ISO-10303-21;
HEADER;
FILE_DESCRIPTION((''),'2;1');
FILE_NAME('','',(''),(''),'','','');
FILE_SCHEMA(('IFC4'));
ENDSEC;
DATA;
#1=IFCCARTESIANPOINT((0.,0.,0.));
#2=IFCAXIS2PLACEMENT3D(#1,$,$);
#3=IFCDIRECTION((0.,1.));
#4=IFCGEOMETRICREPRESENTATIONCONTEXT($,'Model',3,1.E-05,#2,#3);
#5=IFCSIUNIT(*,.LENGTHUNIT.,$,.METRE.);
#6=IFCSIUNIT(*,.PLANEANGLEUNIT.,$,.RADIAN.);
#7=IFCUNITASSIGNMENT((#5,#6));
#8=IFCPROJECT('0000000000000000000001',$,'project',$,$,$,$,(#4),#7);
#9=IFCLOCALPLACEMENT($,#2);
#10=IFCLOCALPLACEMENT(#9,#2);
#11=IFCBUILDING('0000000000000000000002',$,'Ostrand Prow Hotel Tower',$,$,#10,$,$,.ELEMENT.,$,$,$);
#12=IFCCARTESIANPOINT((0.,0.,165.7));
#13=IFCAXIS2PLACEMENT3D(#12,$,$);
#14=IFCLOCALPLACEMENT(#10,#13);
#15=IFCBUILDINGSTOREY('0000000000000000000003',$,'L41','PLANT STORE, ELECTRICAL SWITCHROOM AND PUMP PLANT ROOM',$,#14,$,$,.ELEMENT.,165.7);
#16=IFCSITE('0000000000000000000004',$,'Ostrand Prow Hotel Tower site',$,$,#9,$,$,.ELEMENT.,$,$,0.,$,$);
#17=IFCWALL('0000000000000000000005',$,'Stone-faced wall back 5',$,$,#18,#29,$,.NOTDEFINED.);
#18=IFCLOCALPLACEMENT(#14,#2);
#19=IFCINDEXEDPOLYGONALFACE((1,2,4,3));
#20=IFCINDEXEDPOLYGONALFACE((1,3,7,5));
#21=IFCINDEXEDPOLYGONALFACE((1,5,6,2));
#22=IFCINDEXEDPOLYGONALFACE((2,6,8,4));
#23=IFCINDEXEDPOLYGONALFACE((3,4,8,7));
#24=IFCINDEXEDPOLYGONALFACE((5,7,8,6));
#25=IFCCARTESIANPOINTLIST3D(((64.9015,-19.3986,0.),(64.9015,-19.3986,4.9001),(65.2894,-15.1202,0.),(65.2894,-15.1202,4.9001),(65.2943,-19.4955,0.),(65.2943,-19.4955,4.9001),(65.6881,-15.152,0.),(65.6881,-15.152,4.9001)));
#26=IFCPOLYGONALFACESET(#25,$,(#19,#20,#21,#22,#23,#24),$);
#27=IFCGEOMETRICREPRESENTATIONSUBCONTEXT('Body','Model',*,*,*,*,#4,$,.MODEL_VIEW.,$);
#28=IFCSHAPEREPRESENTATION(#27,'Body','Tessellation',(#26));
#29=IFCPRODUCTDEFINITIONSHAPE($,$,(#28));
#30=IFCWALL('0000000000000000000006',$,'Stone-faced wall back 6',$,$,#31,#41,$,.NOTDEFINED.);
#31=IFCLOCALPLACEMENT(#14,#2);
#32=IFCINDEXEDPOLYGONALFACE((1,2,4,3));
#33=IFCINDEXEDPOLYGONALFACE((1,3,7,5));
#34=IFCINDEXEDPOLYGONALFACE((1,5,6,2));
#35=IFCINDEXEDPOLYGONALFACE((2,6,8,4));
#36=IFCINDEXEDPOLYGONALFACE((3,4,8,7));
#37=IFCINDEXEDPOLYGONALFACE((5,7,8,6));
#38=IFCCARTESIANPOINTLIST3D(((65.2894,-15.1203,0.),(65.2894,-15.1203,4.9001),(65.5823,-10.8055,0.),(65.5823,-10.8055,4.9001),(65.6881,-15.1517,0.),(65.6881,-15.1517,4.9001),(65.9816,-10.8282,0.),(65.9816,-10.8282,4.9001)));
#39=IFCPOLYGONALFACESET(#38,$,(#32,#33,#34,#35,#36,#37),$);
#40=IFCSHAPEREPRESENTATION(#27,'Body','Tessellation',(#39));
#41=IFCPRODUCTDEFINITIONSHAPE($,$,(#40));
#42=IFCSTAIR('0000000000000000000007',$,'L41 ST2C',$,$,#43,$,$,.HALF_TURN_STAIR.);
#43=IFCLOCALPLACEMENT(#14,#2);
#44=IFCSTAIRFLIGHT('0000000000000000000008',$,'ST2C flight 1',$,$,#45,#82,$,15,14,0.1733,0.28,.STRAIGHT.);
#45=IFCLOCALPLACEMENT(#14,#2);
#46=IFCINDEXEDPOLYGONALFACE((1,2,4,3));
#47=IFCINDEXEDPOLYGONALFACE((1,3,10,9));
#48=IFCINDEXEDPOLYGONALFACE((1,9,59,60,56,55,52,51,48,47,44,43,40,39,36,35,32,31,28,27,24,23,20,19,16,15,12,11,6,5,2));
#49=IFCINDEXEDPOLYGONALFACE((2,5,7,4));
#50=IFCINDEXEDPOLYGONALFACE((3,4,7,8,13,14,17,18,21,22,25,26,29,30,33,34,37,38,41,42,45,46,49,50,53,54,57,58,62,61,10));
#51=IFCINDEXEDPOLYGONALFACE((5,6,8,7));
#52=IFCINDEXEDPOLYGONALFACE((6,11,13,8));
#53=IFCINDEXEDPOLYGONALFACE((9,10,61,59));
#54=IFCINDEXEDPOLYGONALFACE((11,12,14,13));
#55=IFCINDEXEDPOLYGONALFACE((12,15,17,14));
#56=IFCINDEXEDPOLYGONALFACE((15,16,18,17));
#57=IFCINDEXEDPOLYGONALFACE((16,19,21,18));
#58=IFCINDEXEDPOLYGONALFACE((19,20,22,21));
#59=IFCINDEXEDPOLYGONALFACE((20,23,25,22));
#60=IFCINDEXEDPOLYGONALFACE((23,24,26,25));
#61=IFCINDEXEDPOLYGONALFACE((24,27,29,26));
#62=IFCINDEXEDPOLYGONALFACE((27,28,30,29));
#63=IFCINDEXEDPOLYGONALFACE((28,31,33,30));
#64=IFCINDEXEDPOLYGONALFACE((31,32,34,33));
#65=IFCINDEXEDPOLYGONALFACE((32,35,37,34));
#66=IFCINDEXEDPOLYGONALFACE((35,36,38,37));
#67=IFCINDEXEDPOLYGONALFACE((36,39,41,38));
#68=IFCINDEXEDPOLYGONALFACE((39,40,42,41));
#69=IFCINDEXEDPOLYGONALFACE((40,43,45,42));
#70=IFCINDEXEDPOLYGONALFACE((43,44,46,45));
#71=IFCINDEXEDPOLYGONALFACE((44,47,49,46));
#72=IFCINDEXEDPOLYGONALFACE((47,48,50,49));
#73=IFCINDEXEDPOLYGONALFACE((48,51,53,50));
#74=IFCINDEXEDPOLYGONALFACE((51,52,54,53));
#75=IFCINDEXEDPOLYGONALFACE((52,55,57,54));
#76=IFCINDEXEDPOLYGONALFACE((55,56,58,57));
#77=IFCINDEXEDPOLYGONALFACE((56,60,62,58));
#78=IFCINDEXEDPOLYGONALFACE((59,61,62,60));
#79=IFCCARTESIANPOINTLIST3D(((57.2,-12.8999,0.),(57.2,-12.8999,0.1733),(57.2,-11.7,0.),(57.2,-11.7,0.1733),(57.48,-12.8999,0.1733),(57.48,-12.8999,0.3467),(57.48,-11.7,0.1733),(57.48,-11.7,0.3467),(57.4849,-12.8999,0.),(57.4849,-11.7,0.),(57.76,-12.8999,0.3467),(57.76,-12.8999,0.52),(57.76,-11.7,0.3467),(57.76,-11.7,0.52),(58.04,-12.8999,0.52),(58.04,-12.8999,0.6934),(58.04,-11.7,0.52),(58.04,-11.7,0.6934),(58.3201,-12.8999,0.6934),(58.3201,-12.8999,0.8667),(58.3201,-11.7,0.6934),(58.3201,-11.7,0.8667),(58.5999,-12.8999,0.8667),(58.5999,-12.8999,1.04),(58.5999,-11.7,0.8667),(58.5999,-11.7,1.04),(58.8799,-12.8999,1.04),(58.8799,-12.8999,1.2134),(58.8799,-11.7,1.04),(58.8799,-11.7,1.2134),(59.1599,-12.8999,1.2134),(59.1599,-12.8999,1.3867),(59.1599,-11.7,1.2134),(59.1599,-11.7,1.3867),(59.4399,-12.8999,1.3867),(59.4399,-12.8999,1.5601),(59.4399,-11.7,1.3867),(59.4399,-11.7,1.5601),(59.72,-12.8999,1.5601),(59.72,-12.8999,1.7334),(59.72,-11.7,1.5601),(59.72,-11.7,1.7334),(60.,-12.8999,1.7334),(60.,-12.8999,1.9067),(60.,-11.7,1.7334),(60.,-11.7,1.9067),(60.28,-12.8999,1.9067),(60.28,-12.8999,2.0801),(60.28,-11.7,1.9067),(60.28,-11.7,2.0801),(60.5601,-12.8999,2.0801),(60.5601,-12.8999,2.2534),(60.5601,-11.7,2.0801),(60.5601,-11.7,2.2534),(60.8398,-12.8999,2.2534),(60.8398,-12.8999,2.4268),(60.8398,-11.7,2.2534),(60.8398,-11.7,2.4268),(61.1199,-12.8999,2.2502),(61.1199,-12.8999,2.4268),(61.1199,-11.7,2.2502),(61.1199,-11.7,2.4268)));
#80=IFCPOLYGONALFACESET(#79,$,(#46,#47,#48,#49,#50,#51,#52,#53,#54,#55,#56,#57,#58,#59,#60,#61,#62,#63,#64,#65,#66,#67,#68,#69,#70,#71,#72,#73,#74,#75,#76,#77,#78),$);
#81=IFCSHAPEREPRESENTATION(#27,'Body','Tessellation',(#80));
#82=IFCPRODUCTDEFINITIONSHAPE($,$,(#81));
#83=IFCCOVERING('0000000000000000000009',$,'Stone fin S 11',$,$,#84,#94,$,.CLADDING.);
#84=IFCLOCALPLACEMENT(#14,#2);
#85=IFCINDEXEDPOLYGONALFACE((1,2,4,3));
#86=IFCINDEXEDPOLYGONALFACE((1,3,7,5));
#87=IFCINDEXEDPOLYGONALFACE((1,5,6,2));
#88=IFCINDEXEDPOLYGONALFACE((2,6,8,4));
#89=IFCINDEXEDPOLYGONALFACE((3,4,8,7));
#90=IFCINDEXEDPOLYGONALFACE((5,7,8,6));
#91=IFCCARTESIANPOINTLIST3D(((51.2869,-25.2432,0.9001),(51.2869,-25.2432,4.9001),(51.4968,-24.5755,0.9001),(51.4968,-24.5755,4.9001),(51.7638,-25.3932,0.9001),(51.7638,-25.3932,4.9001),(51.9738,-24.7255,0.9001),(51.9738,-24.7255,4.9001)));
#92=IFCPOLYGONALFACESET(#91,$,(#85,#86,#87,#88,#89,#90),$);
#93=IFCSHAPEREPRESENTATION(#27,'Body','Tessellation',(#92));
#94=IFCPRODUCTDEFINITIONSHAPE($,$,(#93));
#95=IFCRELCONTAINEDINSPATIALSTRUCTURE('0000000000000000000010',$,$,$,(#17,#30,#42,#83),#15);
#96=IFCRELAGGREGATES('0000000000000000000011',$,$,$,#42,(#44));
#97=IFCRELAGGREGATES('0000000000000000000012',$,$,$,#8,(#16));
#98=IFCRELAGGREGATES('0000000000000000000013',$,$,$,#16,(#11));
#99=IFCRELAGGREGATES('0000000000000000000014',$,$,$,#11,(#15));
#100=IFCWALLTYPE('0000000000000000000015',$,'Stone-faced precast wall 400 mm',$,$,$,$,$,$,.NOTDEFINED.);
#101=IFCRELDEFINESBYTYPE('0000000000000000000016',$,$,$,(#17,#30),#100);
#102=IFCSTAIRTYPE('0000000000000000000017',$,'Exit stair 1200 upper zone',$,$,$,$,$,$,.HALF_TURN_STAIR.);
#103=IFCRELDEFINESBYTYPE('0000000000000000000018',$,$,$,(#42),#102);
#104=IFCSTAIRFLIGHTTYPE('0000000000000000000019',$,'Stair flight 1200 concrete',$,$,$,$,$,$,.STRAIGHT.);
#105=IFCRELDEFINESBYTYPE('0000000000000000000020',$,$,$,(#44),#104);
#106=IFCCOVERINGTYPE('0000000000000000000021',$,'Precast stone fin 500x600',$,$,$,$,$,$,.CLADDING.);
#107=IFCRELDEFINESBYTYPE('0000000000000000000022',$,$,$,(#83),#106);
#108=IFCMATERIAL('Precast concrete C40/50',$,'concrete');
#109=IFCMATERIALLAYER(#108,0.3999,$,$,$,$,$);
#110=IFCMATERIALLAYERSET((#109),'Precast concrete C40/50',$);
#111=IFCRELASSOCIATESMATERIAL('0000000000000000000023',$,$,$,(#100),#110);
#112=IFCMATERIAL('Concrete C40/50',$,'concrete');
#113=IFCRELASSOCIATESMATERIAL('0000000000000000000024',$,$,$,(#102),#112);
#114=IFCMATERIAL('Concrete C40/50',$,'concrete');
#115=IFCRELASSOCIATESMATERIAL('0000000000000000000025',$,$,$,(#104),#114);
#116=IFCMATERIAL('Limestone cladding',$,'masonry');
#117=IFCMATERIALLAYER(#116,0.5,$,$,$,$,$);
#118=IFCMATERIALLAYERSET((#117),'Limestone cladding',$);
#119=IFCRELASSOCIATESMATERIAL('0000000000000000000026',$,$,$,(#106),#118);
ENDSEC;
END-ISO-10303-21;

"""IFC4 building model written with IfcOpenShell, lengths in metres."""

from ifc_helpers import new_model, si_unit, direction, frame, frame_2d, origin, place, context, subcontext, project, spatial, polyline, rectangle, outline, extrude, material, layer, layer_set, type_object, element, aggregate, save


model = new_model("IFC4")

# Units and contexts
model_context = context("Model", 3, precision=1e-05, world=origin(), true_north=direction((0.0, 1.0)))
body_context = subcontext(model_context, "Body", "Model", "MODEL_VIEW")
ifc_project = project(units=[si_unit("LENGTHUNIT", "METRE"), si_unit("PLANEANGLEUNIT", "RADIAN")], contexts=[model_context])

# Site, building, storey
site_placement = place(None, origin())
site = spatial("IfcSite", under=ifc_project, at=site_placement, Name="Ostrand Prow Hotel Tower site", CompositionType="ELEMENT", RefElevation=0.0)
building_placement = place(site_placement, origin())
building = spatial("IfcBuilding", under=site, at=building_placement, Name="Ostrand Prow Hotel Tower", CompositionType="ELEMENT")
storey_placement = place(building_placement, frame((0.0, 0.0, 165.7)))
storey = spatial("IfcBuildingStorey", under=building, at=storey_placement, Name="L41", Description="PLANT STORE, ELECTRICAL SWITCHROOM AND PUMP PLANT ROOM", CompositionType="ELEMENT", Elevation=165.7)

# Walls
ifc_material_1 = material(Name="Precast concrete C40/50", Category="concrete")
ifc_layer_1 = layer(ifc_material_1, 0.3999)
ifc_layer_set_1 = layer_set([ifc_layer_1], Name="Precast concrete C40/50")
wall_type_1 = type_object("IfcWallType", Name="Stone-faced precast wall 400 mm", PredefinedType="NOTDEFINED", material=ifc_layer_set_1)
wall_1_placement = place(storey_placement, frame((65.0979, -19.447, 0.0), z_axis=(0.0, 0.0, 1.0), x_axis=(0.090297, 0.995915, 0.0)))
element("IfcWall", 1, at=wall_1_placement, inside=storey, type_object=wall_type_1, Name="Stone-faced wall back 5", PredefinedType="NOTDEFINED", context=body_context, shape_type="SweptSolid", body=[
    extrude(outline(polyline([(-0.0305, -0.2), (4.3308, -0.2), (4.3264, 0.2), (0.0305, 0.2), (-0.0305, -0.2)])), origin(), (0.0, 0.0, 1.0), 4.9001),
])
wall_2_placement = place(storey_placement, frame((65.4888, -15.136, 0.0), z_axis=(0.0, 0.0, 1.0), x_axis=(0.067732, 0.997704, 0.0)))
element("IfcWall", 2, at=wall_2_placement, inside=storey, type_object=wall_type_1, Name="Stone-faced wall back 6", PredefinedType="NOTDEFINED", context=body_context, shape_type="SweptSolid", body=[
    extrude(outline(polyline([(-0.0022, -0.2), (4.3313, -0.2), (4.3269, 0.2), (0.0022, 0.2), (-0.0022, -0.2)])), origin(), (0.0, 0.0, 1.0), 4.9001),
])

# Stair, stair flight
ifc_material_2 = material(Name="Concrete C40/50", Category="concrete")
stair_type = type_object("IfcStairType", Name="Exit stair 1200 upper zone", PredefinedType="HALF_TURN_STAIR", material=ifc_material_2)
stair_placement = place(storey_placement, origin())
stair = element("IfcStair", 3, at=stair_placement, inside=storey, type_object=stair_type, Name="L41 ST2C", PredefinedType="HALF_TURN_STAIR")
ifc_material_3 = material(Name="Concrete C40/50", Category="concrete")
stair_flight_type = type_object("IfcStairFlightType", Name="Stair flight 1200 concrete", PredefinedType="STRAIGHT", material=ifc_material_3)
stair_flight_placement = place(storey_placement, frame((57.2, -12.3, 0.0), z_axis=(0.0, 0.0, 1.0), x_axis=(1.0, 0.0, 0.0)))
stair_flight = element("IfcStairFlight", 4, at=stair_flight_placement, type_object=stair_flight_type, Name="ST2C flight 1", NumberOfRisers=15, NumberOfTreads=14, PredefinedType="STRAIGHT", RiserHeight=0.1733, TreadLength=0.28, context=body_context, shape_type="SweptSolid", body=[
    extrude(outline(polyline([(0.0, 0.0), (0.0, 0.1733), (0.28, 0.1733), (0.28, 0.3467), (0.5601, 0.3467), (0.5601, 0.52), (0.8401, 0.52), (0.8401, 0.6934), (1.1201, 0.6934), (1.1201, 0.8667), (1.3999, 0.8667), (1.3999, 1.04), (1.6799, 1.04), (1.6799, 1.2134), (1.96, 1.2134), (1.96, 1.3867), (2.24, 1.3867), (2.24, 1.5601), (2.52, 1.5601), (2.52, 1.7334), (2.8, 1.7334), (2.8, 1.9067), (3.0801, 1.9067), (3.0801, 2.0801), (3.3601, 2.0801), (3.3601, 2.2534), (3.6399, 2.2534), (3.6399, 2.4268), (3.9199, 2.4268), (3.9199, 2.6001), (3.9199, 2.2502), (0.2849, 0.0), (0.0, 0.0)])), frame((0.0, 0.6001, 0.0), z_axis=(0.0, -1.0, 0.0), x_axis=(1.0, 0.0, 0.0)), (0.0, 0.0, 1.0), 1.2),
])
aggregate(stair, [stair_flight])

# Covering
ifc_material_4 = material(Name="Limestone cladding", Category="masonry")
ifc_layer_2 = layer(ifc_material_4, 0.5)
ifc_layer_set_2 = layer_set([ifc_layer_2], Name="Limestone cladding")
covering_type_1 = type_object("IfcCoveringType", Name="Precast stone fin 500x600", PredefinedType="CLADDING", material=ifc_layer_set_2)
covering_1_placement = place(storey_placement, frame((51.7354, -24.6504, 0.9001), z_axis=(0.0, 0.0, 1.0), x_axis=(-0.299963, -0.953951, 0.0)))
element("IfcCovering", 5, at=covering_1_placement, inside=storey, type_object=covering_type_1, Name="Stone fin S 11", PredefinedType="CLADDING", context=body_context, shape_type="SweptSolid", body=[
    extrude(rectangle(XDim=0.7, YDim=0.5, at=frame_2d((0.3501, 0.0))), origin(), (0.0, 0.0, 1.0), 4.0),
])

save(model, "model.ifc")
